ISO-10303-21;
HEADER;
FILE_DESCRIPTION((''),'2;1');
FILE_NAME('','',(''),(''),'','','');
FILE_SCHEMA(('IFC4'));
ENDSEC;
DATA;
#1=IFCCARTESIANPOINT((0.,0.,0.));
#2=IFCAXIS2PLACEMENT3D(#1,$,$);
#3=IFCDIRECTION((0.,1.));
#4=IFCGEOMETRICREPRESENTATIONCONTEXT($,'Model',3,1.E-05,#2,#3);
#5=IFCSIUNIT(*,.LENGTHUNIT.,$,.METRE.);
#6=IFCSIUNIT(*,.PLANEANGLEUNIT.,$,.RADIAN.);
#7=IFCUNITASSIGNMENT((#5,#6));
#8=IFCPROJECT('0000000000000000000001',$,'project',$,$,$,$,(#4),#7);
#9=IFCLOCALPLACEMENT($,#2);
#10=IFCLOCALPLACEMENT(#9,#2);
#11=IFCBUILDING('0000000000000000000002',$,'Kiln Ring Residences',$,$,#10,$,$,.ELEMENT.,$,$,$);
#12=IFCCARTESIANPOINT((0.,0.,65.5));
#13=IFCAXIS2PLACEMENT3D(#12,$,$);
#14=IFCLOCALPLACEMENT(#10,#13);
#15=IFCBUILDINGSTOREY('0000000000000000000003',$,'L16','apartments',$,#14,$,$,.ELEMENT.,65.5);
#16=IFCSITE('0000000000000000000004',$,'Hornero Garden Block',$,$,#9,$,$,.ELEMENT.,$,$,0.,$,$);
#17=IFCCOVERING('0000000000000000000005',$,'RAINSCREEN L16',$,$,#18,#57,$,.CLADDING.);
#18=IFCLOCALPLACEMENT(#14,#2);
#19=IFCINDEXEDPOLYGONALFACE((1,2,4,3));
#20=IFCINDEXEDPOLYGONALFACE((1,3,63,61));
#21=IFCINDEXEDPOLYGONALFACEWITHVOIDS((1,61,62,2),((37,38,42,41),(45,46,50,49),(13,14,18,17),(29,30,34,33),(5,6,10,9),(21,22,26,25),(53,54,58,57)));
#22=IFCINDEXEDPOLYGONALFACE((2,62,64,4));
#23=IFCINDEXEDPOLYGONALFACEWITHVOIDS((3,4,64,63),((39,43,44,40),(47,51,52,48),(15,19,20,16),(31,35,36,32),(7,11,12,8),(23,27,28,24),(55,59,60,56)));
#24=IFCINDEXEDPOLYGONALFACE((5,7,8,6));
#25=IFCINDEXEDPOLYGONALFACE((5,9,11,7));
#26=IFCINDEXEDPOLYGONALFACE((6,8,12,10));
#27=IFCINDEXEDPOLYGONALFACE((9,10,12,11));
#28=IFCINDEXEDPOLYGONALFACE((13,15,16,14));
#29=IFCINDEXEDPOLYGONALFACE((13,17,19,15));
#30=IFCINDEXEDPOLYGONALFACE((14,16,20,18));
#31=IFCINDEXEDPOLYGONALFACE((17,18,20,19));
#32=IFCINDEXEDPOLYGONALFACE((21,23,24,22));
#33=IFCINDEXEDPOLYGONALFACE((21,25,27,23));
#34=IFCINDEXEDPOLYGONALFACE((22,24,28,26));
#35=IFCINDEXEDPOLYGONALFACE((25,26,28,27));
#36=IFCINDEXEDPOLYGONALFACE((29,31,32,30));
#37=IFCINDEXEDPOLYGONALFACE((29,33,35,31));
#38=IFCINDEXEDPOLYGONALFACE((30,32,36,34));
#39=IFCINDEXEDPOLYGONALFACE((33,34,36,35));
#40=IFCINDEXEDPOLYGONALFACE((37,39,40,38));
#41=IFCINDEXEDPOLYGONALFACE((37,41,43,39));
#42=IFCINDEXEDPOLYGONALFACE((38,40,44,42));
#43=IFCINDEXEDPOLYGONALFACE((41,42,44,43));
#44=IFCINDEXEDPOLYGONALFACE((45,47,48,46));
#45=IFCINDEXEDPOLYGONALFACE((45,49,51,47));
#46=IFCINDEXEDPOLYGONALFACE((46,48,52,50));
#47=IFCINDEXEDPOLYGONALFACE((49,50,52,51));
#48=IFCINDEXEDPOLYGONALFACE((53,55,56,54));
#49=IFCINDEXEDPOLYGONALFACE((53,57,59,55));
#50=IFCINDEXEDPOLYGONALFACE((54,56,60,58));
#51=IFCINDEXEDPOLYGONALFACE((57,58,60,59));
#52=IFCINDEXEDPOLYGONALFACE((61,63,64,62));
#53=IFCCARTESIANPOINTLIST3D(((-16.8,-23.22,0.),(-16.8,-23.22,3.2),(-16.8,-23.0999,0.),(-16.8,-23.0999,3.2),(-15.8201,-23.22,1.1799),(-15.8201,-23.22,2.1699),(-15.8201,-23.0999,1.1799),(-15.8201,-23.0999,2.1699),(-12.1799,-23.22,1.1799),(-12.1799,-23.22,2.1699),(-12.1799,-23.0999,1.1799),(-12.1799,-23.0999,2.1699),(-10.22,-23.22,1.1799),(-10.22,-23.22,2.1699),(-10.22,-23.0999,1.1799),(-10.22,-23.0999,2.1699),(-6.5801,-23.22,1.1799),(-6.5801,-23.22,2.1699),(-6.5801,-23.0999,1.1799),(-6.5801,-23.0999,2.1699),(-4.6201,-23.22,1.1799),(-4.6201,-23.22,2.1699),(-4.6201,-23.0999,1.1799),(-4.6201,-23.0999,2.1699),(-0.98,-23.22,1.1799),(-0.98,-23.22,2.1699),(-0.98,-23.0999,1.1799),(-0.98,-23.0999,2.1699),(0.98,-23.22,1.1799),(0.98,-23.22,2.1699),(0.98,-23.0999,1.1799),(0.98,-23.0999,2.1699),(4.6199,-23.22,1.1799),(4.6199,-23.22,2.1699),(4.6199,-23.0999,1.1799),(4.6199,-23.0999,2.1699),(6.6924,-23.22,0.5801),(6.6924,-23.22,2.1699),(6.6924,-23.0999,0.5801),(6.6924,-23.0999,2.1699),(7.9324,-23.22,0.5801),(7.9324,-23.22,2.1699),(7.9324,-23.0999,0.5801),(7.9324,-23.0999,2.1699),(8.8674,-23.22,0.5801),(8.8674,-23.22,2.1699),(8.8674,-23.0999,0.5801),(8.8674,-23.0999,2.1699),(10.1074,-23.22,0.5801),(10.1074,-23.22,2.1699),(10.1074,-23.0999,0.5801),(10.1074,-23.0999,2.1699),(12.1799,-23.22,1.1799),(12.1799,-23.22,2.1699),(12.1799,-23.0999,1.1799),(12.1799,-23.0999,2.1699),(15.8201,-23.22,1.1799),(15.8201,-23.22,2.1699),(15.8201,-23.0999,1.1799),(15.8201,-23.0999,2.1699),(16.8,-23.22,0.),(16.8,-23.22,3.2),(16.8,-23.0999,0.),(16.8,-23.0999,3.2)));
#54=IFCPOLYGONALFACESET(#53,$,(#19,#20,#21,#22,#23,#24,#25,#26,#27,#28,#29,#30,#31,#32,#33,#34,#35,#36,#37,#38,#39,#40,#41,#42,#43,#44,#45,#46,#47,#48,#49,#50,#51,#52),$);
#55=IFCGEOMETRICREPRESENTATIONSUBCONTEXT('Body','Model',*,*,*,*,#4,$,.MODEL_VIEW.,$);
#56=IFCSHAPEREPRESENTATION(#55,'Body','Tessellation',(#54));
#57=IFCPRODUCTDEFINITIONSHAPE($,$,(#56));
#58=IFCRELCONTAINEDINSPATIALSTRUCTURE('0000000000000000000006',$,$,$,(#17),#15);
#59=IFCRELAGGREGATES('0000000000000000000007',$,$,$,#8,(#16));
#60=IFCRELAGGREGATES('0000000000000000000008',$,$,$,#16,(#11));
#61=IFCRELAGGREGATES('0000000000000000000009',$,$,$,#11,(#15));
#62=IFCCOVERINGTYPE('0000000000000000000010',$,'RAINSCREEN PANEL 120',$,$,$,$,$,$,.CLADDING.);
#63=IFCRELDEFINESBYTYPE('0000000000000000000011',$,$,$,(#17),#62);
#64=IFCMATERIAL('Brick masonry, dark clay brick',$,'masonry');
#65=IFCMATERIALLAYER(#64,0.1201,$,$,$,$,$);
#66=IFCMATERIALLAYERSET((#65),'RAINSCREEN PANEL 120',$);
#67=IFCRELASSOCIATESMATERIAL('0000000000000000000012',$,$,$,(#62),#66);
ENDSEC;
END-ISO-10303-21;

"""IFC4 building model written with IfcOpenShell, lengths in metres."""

from ifc_helpers import new_model, si_unit, direction, frame, origin, place, context, subcontext, project, spatial, polyline, outline, extrude, material, layer, layer_set, type_object, element, save


model = new_model("IFC4")

# Units and contexts
model_context = context("Model", 3, precision=1e-05, world=origin(), true_north=direction((0.0, 1.0)))
body_context = subcontext(model_context, "Body", "Model", "MODEL_VIEW")
ifc_project = project(units=[si_unit("LENGTHUNIT", "METRE"), si_unit("PLANEANGLEUNIT", "RADIAN")], contexts=[model_context])

# Site, building, storey
site_placement = place(None, origin())
site = spatial("IfcSite", under=ifc_project, at=site_placement, Name="Hornero Garden Block", CompositionType="ELEMENT", RefElevation=0.0)
building_placement = place(site_placement, origin())
building = spatial("IfcBuilding", under=site, at=building_placement, Name="Kiln Ring Residences", CompositionType="ELEMENT")
storey_placement = place(building_placement, frame((0.0, 0.0, 65.5)))
storey = spatial("IfcBuildingStorey", under=building, at=storey_placement, Name="L16", Description="apartments", CompositionType="ELEMENT", Elevation=65.5)

# Covering
ifc_material_1 = material(Name="Brick masonry, dark clay brick", Category="masonry")
ifc_layer_1 = layer(ifc_material_1, 0.1201)
ifc_layer_set_1 = layer_set([ifc_layer_1], Name="RAINSCREEN PANEL 120")
covering_type = type_object("IfcCoveringType", Name="RAINSCREEN PANEL 120", PredefinedType="CLADDING", material=ifc_layer_set_1)
covering_placement = place(storey_placement, frame((-16.8, -23.1599, 0.0), z_axis=(0.0, 0.0, 1.0), x_axis=(1.0, 0.0, 0.0)))
element("IfcCovering", 1, at=covering_placement, inside=storey, type_object=covering_type, Name="RAINSCREEN L16", PredefinedType="CLADDING", context=body_context, shape_type="SweptSolid", body=[
    extrude(outline(polyline([(0.0, 0.0), (33.6001, 0.0), (33.6001, 3.2), (0.0, 3.2), (0.0, 0.0)]), holes=[polyline([(24.7324, 0.5801), (24.7324, 2.1699), (23.4924, 2.1699), (23.4924, 0.5801), (24.7324, 0.5801)]), polyline([(25.6675, 0.5801), (26.9075, 0.5801), (26.9075, 2.1699), (25.6675, 2.1699), (25.6675, 0.5801)]), polyline([(0.98, 1.1799), (4.6201, 1.1799), (4.6201, 2.1699), (0.98, 2.1699), (0.98, 1.1799)]), polyline([(6.5801, 1.1799), (10.22, 1.1799), (10.22, 2.1699), (6.5801, 2.1699), (6.5801, 1.1799)]), polyline([(12.1799, 1.1799), (15.8201, 1.1799), (15.8201, 2.1699), (12.1799, 2.1699), (12.1799, 1.1799)]), polyline([(17.78, 1.1799), (21.4199, 1.1799), (21.4199, 2.1699), (17.78, 2.1699), (17.78, 1.1799)]), polyline([(28.98, 1.1799), (32.6201, 1.1799), (32.6201, 2.1699), (28.98, 2.1699), (28.98, 1.1799)])]), frame((0.0, 0.0601, 0.0), z_axis=(0.0, -1.0, 0.0), x_axis=(1.0, 0.0, 0.0)), (0.0, 0.0, 1.0), 0.1201),
])

save(model, "model.ifc")
